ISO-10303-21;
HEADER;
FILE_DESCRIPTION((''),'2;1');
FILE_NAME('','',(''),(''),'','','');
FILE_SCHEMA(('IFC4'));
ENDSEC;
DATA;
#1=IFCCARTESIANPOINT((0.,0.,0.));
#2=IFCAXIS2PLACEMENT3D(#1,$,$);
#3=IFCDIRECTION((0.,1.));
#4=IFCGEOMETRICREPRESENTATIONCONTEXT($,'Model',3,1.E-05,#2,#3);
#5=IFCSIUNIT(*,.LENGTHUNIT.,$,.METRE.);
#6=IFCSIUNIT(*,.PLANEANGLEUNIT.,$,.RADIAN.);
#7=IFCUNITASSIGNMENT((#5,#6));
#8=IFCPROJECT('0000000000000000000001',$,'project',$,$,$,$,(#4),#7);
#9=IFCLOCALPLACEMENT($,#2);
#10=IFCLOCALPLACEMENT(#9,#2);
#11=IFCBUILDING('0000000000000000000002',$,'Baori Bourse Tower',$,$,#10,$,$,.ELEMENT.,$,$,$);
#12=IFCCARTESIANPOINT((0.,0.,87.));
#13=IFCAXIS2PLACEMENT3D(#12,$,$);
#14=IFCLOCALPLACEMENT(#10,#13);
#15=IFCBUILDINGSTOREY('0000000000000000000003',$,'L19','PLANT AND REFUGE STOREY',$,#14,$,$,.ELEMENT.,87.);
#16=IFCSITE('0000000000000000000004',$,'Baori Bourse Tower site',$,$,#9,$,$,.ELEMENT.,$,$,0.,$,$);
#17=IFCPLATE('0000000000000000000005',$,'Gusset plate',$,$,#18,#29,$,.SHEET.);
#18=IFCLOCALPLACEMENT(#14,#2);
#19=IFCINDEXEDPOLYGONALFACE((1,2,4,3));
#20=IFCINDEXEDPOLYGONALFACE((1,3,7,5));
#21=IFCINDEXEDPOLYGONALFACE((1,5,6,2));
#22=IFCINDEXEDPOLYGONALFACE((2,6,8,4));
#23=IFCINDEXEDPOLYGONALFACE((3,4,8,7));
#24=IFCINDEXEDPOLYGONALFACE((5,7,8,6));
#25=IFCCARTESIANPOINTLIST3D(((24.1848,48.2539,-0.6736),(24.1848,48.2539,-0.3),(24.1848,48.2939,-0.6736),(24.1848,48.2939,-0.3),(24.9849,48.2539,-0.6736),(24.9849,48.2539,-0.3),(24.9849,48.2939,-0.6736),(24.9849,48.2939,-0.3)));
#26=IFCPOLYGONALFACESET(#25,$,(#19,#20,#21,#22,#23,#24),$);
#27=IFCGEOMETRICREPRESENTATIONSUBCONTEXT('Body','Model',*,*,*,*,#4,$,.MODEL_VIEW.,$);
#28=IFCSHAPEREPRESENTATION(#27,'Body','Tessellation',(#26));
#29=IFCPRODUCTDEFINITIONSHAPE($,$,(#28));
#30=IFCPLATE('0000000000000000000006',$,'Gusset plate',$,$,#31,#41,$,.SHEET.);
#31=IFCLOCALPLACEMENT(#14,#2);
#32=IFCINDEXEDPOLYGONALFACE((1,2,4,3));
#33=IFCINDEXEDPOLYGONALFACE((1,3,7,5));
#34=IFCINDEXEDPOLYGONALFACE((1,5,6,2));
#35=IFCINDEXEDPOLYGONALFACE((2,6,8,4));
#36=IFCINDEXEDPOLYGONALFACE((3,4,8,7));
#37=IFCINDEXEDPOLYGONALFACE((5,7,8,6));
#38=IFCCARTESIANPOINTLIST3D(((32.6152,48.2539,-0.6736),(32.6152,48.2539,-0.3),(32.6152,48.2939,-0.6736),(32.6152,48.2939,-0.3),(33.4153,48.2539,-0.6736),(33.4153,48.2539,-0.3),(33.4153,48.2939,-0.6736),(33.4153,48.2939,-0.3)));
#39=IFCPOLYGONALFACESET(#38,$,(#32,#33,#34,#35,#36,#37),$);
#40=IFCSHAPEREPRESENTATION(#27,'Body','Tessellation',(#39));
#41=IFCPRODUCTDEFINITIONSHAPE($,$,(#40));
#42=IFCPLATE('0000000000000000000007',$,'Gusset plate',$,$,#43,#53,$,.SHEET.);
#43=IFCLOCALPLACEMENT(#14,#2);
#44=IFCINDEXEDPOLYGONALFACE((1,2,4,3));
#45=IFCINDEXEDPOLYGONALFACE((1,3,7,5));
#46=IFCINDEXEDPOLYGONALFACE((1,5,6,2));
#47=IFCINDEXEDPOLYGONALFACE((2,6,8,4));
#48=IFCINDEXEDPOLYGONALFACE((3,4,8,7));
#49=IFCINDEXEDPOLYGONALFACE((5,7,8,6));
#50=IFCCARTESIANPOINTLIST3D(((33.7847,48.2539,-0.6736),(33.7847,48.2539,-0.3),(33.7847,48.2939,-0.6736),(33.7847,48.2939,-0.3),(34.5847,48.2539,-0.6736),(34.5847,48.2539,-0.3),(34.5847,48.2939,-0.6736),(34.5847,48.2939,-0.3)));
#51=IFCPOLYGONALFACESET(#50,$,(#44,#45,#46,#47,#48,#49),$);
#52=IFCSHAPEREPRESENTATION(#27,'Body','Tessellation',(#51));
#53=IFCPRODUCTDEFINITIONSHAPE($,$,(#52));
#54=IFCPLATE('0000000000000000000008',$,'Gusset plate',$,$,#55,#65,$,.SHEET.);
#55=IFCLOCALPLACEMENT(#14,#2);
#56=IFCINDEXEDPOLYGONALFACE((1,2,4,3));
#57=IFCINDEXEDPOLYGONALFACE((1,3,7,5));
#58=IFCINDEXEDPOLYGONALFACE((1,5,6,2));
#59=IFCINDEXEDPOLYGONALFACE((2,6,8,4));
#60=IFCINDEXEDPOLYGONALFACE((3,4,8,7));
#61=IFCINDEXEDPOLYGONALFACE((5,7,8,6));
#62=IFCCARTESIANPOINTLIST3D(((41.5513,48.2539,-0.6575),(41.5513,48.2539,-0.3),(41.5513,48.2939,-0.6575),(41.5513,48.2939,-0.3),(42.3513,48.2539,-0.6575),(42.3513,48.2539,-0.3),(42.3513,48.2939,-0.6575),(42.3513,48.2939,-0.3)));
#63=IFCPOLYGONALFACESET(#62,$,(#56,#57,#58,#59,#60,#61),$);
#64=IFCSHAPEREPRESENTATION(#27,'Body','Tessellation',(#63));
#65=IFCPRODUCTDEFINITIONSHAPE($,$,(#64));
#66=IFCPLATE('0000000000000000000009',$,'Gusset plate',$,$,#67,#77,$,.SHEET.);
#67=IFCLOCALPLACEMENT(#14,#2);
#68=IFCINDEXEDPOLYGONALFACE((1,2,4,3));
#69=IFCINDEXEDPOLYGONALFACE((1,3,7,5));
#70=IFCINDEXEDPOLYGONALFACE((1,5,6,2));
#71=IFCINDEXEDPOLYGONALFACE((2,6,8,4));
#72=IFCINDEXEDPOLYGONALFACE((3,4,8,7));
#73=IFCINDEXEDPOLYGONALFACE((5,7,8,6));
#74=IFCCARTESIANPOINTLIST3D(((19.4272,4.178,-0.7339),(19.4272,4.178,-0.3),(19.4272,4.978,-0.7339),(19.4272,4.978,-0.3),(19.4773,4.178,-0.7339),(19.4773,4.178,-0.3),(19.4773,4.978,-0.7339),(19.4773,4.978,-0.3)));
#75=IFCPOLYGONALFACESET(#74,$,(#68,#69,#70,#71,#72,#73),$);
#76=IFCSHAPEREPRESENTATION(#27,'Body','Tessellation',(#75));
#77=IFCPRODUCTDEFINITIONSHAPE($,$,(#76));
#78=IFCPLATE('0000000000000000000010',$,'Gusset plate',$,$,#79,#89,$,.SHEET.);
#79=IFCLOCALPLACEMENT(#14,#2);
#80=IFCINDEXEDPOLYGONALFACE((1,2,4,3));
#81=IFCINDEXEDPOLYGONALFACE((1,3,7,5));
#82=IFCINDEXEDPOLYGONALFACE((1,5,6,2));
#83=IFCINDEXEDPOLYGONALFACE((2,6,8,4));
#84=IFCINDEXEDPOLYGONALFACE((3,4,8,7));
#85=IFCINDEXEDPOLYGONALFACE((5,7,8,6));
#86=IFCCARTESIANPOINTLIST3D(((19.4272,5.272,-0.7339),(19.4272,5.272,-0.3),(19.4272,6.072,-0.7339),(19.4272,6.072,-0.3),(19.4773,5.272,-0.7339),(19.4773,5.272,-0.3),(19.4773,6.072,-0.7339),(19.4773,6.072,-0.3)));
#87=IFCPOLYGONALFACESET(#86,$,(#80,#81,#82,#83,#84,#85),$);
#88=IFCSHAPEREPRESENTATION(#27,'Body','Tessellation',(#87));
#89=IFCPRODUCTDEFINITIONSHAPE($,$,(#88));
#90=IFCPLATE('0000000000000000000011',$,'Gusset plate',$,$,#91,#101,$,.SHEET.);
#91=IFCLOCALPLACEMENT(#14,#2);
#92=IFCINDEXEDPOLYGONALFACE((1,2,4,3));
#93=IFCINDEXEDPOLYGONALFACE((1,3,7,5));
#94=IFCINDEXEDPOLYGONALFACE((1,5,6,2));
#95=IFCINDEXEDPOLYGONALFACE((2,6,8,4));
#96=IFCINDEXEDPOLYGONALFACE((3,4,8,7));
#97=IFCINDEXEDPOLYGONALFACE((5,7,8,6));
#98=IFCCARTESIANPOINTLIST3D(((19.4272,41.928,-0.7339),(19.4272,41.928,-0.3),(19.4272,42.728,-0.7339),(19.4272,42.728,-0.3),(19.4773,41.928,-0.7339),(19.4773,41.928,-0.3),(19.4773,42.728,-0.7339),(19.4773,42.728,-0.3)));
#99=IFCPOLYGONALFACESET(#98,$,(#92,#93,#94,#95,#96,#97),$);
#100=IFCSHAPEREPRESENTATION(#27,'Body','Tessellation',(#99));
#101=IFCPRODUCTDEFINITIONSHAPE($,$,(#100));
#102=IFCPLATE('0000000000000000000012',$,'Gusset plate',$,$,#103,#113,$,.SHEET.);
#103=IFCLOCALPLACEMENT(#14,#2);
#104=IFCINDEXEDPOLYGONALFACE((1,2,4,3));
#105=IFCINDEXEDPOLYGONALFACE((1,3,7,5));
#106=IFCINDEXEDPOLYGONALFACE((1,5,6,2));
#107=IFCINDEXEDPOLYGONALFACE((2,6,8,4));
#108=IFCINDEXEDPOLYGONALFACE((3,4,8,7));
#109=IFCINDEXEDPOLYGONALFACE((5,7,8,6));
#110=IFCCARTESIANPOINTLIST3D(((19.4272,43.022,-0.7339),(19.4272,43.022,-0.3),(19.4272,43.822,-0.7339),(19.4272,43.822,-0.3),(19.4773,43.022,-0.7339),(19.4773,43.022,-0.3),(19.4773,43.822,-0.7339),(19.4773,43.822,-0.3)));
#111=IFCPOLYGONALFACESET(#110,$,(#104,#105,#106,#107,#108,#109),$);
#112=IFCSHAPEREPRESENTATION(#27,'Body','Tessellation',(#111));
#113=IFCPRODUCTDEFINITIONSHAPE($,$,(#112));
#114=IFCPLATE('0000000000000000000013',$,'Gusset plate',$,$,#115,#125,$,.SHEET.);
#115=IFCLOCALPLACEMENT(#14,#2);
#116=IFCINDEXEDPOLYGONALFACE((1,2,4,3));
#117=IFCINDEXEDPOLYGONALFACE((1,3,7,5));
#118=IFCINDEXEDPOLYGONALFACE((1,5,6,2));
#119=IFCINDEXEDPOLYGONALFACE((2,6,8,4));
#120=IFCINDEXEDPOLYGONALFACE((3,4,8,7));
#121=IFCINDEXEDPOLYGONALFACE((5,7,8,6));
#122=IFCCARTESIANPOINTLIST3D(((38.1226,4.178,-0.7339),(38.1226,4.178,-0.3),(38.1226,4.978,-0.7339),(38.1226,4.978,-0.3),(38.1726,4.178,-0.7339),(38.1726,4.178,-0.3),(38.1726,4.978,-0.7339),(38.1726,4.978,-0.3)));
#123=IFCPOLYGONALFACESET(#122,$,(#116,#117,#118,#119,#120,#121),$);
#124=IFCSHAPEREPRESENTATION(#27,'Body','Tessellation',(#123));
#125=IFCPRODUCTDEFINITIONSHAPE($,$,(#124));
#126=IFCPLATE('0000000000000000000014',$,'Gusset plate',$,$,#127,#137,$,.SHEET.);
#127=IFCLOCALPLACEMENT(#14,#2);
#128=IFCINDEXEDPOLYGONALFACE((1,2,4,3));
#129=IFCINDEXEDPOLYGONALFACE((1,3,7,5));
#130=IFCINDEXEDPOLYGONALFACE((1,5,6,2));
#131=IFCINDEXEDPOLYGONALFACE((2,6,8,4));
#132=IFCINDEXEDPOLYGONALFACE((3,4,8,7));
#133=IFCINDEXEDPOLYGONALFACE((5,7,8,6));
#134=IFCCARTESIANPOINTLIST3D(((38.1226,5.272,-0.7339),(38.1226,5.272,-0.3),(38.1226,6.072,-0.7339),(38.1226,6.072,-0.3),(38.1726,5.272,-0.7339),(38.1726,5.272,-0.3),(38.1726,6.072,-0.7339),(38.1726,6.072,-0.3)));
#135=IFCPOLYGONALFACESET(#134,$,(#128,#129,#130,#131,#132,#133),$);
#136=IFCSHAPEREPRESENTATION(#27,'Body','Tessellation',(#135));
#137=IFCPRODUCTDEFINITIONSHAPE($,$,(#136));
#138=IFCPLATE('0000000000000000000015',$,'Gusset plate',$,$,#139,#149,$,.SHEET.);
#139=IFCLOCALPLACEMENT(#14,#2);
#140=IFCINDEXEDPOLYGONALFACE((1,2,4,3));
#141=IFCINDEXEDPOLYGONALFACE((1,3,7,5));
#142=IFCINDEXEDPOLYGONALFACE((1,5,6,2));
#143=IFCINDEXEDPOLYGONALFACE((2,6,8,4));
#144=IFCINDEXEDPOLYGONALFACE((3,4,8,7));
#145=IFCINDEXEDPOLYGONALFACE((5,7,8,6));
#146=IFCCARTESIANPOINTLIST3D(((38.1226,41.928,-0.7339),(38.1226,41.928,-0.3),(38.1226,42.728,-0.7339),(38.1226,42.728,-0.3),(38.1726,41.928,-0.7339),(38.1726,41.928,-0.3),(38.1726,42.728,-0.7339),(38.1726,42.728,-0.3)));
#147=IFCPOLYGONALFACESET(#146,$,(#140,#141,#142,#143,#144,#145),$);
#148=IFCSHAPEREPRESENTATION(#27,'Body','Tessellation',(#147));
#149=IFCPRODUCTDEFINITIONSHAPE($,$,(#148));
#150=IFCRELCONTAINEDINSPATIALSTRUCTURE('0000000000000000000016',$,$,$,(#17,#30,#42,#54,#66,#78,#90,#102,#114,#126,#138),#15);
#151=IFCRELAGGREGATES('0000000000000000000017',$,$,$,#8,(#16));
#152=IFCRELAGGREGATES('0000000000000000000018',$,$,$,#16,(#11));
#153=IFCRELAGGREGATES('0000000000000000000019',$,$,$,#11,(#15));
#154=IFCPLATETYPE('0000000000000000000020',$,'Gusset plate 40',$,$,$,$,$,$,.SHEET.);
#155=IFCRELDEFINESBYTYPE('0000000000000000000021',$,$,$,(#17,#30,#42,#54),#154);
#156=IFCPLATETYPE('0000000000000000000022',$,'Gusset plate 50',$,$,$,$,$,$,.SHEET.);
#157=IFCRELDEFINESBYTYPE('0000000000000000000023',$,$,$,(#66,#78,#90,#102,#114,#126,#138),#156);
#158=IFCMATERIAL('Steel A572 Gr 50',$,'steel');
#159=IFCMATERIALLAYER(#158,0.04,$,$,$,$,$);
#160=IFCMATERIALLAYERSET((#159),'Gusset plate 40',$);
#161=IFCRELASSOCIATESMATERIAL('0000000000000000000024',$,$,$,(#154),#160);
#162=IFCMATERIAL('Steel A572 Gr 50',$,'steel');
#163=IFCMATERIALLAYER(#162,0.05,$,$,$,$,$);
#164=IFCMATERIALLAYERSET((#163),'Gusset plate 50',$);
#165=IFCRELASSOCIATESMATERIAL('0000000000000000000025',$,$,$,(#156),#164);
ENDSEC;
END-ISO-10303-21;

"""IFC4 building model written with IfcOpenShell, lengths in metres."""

from ifc_helpers import new_model, si_unit, direction, frame, origin, place, context, subcontext, project, spatial, polyline, outline, extrude, material, layer, layer_set, type_object, element, save


model = new_model("IFC4")

# Units and contexts
model_context = context("Model", 3, precision=1e-05, world=origin(), true_north=direction((0.0, 1.0)))
body_context = subcontext(model_context, "Body", "Model", "MODEL_VIEW")
ifc_project = project(units=[si_unit("LENGTHUNIT", "METRE"), si_unit("PLANEANGLEUNIT", "RADIAN")], contexts=[model_context])

# Site, building, storey
site_placement = place(None, origin())
site = spatial("IfcSite", under=ifc_project, at=site_placement, Name="Baori Bourse Tower site", CompositionType="ELEMENT", RefElevation=0.0)
building_placement = place(site_placement, origin())
building = spatial("IfcBuilding", under=site, at=building_placement, Name="Baori Bourse Tower", CompositionType="ELEMENT")
storey_placement = place(building_placement, frame((0.0, 0.0, 87.0)))
storey = spatial("IfcBuildingStorey", under=building, at=storey_placement, Name="L19", Description="PLANT AND REFUGE STOREY", CompositionType="ELEMENT", Elevation=87.0)

# Plates
ifc_material_1 = material(Name="Steel A572 Gr 50", Category="steel")
ifc_layer_1 = layer(ifc_material_1, 0.04)
ifc_layer_set_1 = layer_set([ifc_layer_1], Name="Gusset plate 40")
plate_type_1 = type_object("IfcPlateType", Name="Gusset plate 40", PredefinedType="SHEET", material=ifc_layer_set_1)
plate_1_placement = place(storey_placement, frame((0.0, 0.0, -0.6736)))
element("IfcPlate", 1, at=plate_1_placement, inside=storey, type_object=plate_type_1, Name="Gusset plate", PredefinedType="SHEET", context=body_context, shape_type="SweptSolid", body=[
    extrude(outline(polyline([(24.1848, 48.2539), (24.9849, 48.2539), (24.9849, 48.2939), (24.1848, 48.2939), (24.1848, 48.2539)])), origin(), (0.0, 0.0, 1.0), 0.3735),
])
plate_2_placement = place(storey_placement, frame((0.0, 0.0, -0.6736)))
element("IfcPlate", 2, at=plate_2_placement, inside=storey, type_object=plate_type_1, Name="Gusset plate", PredefinedType="SHEET", context=body_context, shape_type="SweptSolid", body=[
    extrude(outline(polyline([(32.6152, 48.2539), (33.4153, 48.2539), (33.4153, 48.2939), (32.6152, 48.2939), (32.6152, 48.2539)])), origin(), (0.0, 0.0, 1.0), 0.3735),
])
plate_3_placement = place(storey_placement, frame((0.0, 0.0, -0.6736)))
element("IfcPlate", 3, at=plate_3_placement, inside=storey, type_object=plate_type_1, Name="Gusset plate", PredefinedType="SHEET", context=body_context, shape_type="SweptSolid", body=[
    extrude(outline(polyline([(33.7847, 48.2539), (34.5847, 48.2539), (34.5847, 48.2939), (33.7847, 48.2939), (33.7847, 48.2539)])), origin(), (0.0, 0.0, 1.0), 0.3735),
])
plate_4_placement = place(storey_placement, frame((0.0, 0.0, -0.6575)))
element("IfcPlate", 4, at=plate_4_placement, inside=storey, type_object=plate_type_1, Name="Gusset plate", PredefinedType="SHEET", context=body_context, shape_type="SweptSolid", body=[
    extrude(outline(polyline([(41.5513, 48.2539), (42.3513, 48.2539), (42.3513, 48.2939), (41.5513, 48.2939), (41.5513, 48.2539)])), origin(), (0.0, 0.0, 1.0), 0.3574),
])
ifc_material_2 = material(Name="Steel A572 Gr 50", Category="steel")
ifc_layer_2 = layer(ifc_material_2, 0.05)
ifc_layer_set_2 = layer_set([ifc_layer_2], Name="Gusset plate 50")
plate_type_2 = type_object("IfcPlateType", Name="Gusset plate 50", PredefinedType="SHEET", material=ifc_layer_set_2)
plate_5_placement = place(storey_placement, frame((0.0, 0.0, -0.7339)))
element("IfcPlate", 5, at=plate_5_placement, inside=storey, type_object=plate_type_2, Name="Gusset plate", PredefinedType="SHEET", context=body_context, shape_type="SweptSolid", body=[
    extrude(outline(polyline([(19.4272, 4.178), (19.4773, 4.178), (19.4773, 4.978), (19.4272, 4.978), (19.4272, 4.178)])), origin(), (0.0, 0.0, 1.0), 0.4338),
])
plate_6_placement = place(storey_placement, frame((0.0, 0.0, -0.7339)))
element("IfcPlate", 6, at=plate_6_placement, inside=storey, type_object=plate_type_2, Name="Gusset plate", PredefinedType="SHEET", context=body_context, shape_type="SweptSolid", body=[
    extrude(outline(polyline([(19.4272, 5.272), (19.4773, 5.272), (19.4773, 6.072), (19.4272, 6.072), (19.4272, 5.272)])), origin(), (0.0, 0.0, 1.0), 0.4338),
])
plate_7_placement = place(storey_placement, frame((0.0, 0.0, -0.7339)))
element("IfcPlate", 7, at=plate_7_placement, inside=storey, type_object=plate_type_2, Name="Gusset plate", PredefinedType="SHEET", context=body_context, shape_type="SweptSolid", body=[
    extrude(outline(polyline([(19.4272, 41.928), (19.4773, 41.928), (19.4773, 42.728), (19.4272, 42.728), (19.4272, 41.928)])), origin(), (0.0, 0.0, 1.0), 0.4338),
])
plate_8_placement = place(storey_placement, frame((0.0, 0.0, -0.7339)))
element("IfcPlate", 8, at=plate_8_placement, inside=storey, type_object=plate_type_2, Name="Gusset plate", PredefinedType="SHEET", context=body_context, shape_type="SweptSolid", body=[
    extrude(outline(polyline([(19.4272, 43.022), (19.4773, 43.022), (19.4773, 43.822), (19.4272, 43.822), (19.4272, 43.022)])), origin(), (0.0, 0.0, 1.0), 0.4338),
])
plate_9_placement = place(storey_placement, frame((0.0, 0.0, -0.7339)))
element("IfcPlate", 9, at=plate_9_placement, inside=storey, type_object=plate_type_2, Name="Gusset plate", PredefinedType="SHEET", context=body_context, shape_type="SweptSolid", body=[
    extrude(outline(polyline([(38.1226, 4.178), (38.1726, 4.178), (38.1726, 4.978), (38.1226, 4.978), (38.1226, 4.178)])), origin(), (0.0, 0.0, 1.0), 0.4338),
])
plate_10_placement = place(storey_placement, frame((0.0, 0.0, -0.7339)))
element("IfcPlate", 10, at=plate_10_placement, inside=storey, type_object=plate_type_2, Name="Gusset plate", PredefinedType="SHEET", context=body_context, shape_type="SweptSolid", body=[
    extrude(outline(polyline([(38.1226, 5.272), (38.1726, 5.272), (38.1726, 6.072), (38.1226, 6.072), (38.1226, 5.272)])), origin(), (0.0, 0.0, 1.0), 0.4338),
])
plate_11_placement = place(storey_placement, frame((0.0, 0.0, -0.7339)))
element("IfcPlate", 11, at=plate_11_placement, inside=storey, type_object=plate_type_2, Name="Gusset plate", PredefinedType="SHEET", context=body_context, shape_type="SweptSolid", body=[
    extrude(outline(polyline([(38.1226, 41.928), (38.1726, 41.928), (38.1726, 42.728), (38.1226, 42.728), (38.1226, 41.928)])), origin(), (0.0, 0.0, 1.0), 0.4338),
])

save(model, "model.ifc")
